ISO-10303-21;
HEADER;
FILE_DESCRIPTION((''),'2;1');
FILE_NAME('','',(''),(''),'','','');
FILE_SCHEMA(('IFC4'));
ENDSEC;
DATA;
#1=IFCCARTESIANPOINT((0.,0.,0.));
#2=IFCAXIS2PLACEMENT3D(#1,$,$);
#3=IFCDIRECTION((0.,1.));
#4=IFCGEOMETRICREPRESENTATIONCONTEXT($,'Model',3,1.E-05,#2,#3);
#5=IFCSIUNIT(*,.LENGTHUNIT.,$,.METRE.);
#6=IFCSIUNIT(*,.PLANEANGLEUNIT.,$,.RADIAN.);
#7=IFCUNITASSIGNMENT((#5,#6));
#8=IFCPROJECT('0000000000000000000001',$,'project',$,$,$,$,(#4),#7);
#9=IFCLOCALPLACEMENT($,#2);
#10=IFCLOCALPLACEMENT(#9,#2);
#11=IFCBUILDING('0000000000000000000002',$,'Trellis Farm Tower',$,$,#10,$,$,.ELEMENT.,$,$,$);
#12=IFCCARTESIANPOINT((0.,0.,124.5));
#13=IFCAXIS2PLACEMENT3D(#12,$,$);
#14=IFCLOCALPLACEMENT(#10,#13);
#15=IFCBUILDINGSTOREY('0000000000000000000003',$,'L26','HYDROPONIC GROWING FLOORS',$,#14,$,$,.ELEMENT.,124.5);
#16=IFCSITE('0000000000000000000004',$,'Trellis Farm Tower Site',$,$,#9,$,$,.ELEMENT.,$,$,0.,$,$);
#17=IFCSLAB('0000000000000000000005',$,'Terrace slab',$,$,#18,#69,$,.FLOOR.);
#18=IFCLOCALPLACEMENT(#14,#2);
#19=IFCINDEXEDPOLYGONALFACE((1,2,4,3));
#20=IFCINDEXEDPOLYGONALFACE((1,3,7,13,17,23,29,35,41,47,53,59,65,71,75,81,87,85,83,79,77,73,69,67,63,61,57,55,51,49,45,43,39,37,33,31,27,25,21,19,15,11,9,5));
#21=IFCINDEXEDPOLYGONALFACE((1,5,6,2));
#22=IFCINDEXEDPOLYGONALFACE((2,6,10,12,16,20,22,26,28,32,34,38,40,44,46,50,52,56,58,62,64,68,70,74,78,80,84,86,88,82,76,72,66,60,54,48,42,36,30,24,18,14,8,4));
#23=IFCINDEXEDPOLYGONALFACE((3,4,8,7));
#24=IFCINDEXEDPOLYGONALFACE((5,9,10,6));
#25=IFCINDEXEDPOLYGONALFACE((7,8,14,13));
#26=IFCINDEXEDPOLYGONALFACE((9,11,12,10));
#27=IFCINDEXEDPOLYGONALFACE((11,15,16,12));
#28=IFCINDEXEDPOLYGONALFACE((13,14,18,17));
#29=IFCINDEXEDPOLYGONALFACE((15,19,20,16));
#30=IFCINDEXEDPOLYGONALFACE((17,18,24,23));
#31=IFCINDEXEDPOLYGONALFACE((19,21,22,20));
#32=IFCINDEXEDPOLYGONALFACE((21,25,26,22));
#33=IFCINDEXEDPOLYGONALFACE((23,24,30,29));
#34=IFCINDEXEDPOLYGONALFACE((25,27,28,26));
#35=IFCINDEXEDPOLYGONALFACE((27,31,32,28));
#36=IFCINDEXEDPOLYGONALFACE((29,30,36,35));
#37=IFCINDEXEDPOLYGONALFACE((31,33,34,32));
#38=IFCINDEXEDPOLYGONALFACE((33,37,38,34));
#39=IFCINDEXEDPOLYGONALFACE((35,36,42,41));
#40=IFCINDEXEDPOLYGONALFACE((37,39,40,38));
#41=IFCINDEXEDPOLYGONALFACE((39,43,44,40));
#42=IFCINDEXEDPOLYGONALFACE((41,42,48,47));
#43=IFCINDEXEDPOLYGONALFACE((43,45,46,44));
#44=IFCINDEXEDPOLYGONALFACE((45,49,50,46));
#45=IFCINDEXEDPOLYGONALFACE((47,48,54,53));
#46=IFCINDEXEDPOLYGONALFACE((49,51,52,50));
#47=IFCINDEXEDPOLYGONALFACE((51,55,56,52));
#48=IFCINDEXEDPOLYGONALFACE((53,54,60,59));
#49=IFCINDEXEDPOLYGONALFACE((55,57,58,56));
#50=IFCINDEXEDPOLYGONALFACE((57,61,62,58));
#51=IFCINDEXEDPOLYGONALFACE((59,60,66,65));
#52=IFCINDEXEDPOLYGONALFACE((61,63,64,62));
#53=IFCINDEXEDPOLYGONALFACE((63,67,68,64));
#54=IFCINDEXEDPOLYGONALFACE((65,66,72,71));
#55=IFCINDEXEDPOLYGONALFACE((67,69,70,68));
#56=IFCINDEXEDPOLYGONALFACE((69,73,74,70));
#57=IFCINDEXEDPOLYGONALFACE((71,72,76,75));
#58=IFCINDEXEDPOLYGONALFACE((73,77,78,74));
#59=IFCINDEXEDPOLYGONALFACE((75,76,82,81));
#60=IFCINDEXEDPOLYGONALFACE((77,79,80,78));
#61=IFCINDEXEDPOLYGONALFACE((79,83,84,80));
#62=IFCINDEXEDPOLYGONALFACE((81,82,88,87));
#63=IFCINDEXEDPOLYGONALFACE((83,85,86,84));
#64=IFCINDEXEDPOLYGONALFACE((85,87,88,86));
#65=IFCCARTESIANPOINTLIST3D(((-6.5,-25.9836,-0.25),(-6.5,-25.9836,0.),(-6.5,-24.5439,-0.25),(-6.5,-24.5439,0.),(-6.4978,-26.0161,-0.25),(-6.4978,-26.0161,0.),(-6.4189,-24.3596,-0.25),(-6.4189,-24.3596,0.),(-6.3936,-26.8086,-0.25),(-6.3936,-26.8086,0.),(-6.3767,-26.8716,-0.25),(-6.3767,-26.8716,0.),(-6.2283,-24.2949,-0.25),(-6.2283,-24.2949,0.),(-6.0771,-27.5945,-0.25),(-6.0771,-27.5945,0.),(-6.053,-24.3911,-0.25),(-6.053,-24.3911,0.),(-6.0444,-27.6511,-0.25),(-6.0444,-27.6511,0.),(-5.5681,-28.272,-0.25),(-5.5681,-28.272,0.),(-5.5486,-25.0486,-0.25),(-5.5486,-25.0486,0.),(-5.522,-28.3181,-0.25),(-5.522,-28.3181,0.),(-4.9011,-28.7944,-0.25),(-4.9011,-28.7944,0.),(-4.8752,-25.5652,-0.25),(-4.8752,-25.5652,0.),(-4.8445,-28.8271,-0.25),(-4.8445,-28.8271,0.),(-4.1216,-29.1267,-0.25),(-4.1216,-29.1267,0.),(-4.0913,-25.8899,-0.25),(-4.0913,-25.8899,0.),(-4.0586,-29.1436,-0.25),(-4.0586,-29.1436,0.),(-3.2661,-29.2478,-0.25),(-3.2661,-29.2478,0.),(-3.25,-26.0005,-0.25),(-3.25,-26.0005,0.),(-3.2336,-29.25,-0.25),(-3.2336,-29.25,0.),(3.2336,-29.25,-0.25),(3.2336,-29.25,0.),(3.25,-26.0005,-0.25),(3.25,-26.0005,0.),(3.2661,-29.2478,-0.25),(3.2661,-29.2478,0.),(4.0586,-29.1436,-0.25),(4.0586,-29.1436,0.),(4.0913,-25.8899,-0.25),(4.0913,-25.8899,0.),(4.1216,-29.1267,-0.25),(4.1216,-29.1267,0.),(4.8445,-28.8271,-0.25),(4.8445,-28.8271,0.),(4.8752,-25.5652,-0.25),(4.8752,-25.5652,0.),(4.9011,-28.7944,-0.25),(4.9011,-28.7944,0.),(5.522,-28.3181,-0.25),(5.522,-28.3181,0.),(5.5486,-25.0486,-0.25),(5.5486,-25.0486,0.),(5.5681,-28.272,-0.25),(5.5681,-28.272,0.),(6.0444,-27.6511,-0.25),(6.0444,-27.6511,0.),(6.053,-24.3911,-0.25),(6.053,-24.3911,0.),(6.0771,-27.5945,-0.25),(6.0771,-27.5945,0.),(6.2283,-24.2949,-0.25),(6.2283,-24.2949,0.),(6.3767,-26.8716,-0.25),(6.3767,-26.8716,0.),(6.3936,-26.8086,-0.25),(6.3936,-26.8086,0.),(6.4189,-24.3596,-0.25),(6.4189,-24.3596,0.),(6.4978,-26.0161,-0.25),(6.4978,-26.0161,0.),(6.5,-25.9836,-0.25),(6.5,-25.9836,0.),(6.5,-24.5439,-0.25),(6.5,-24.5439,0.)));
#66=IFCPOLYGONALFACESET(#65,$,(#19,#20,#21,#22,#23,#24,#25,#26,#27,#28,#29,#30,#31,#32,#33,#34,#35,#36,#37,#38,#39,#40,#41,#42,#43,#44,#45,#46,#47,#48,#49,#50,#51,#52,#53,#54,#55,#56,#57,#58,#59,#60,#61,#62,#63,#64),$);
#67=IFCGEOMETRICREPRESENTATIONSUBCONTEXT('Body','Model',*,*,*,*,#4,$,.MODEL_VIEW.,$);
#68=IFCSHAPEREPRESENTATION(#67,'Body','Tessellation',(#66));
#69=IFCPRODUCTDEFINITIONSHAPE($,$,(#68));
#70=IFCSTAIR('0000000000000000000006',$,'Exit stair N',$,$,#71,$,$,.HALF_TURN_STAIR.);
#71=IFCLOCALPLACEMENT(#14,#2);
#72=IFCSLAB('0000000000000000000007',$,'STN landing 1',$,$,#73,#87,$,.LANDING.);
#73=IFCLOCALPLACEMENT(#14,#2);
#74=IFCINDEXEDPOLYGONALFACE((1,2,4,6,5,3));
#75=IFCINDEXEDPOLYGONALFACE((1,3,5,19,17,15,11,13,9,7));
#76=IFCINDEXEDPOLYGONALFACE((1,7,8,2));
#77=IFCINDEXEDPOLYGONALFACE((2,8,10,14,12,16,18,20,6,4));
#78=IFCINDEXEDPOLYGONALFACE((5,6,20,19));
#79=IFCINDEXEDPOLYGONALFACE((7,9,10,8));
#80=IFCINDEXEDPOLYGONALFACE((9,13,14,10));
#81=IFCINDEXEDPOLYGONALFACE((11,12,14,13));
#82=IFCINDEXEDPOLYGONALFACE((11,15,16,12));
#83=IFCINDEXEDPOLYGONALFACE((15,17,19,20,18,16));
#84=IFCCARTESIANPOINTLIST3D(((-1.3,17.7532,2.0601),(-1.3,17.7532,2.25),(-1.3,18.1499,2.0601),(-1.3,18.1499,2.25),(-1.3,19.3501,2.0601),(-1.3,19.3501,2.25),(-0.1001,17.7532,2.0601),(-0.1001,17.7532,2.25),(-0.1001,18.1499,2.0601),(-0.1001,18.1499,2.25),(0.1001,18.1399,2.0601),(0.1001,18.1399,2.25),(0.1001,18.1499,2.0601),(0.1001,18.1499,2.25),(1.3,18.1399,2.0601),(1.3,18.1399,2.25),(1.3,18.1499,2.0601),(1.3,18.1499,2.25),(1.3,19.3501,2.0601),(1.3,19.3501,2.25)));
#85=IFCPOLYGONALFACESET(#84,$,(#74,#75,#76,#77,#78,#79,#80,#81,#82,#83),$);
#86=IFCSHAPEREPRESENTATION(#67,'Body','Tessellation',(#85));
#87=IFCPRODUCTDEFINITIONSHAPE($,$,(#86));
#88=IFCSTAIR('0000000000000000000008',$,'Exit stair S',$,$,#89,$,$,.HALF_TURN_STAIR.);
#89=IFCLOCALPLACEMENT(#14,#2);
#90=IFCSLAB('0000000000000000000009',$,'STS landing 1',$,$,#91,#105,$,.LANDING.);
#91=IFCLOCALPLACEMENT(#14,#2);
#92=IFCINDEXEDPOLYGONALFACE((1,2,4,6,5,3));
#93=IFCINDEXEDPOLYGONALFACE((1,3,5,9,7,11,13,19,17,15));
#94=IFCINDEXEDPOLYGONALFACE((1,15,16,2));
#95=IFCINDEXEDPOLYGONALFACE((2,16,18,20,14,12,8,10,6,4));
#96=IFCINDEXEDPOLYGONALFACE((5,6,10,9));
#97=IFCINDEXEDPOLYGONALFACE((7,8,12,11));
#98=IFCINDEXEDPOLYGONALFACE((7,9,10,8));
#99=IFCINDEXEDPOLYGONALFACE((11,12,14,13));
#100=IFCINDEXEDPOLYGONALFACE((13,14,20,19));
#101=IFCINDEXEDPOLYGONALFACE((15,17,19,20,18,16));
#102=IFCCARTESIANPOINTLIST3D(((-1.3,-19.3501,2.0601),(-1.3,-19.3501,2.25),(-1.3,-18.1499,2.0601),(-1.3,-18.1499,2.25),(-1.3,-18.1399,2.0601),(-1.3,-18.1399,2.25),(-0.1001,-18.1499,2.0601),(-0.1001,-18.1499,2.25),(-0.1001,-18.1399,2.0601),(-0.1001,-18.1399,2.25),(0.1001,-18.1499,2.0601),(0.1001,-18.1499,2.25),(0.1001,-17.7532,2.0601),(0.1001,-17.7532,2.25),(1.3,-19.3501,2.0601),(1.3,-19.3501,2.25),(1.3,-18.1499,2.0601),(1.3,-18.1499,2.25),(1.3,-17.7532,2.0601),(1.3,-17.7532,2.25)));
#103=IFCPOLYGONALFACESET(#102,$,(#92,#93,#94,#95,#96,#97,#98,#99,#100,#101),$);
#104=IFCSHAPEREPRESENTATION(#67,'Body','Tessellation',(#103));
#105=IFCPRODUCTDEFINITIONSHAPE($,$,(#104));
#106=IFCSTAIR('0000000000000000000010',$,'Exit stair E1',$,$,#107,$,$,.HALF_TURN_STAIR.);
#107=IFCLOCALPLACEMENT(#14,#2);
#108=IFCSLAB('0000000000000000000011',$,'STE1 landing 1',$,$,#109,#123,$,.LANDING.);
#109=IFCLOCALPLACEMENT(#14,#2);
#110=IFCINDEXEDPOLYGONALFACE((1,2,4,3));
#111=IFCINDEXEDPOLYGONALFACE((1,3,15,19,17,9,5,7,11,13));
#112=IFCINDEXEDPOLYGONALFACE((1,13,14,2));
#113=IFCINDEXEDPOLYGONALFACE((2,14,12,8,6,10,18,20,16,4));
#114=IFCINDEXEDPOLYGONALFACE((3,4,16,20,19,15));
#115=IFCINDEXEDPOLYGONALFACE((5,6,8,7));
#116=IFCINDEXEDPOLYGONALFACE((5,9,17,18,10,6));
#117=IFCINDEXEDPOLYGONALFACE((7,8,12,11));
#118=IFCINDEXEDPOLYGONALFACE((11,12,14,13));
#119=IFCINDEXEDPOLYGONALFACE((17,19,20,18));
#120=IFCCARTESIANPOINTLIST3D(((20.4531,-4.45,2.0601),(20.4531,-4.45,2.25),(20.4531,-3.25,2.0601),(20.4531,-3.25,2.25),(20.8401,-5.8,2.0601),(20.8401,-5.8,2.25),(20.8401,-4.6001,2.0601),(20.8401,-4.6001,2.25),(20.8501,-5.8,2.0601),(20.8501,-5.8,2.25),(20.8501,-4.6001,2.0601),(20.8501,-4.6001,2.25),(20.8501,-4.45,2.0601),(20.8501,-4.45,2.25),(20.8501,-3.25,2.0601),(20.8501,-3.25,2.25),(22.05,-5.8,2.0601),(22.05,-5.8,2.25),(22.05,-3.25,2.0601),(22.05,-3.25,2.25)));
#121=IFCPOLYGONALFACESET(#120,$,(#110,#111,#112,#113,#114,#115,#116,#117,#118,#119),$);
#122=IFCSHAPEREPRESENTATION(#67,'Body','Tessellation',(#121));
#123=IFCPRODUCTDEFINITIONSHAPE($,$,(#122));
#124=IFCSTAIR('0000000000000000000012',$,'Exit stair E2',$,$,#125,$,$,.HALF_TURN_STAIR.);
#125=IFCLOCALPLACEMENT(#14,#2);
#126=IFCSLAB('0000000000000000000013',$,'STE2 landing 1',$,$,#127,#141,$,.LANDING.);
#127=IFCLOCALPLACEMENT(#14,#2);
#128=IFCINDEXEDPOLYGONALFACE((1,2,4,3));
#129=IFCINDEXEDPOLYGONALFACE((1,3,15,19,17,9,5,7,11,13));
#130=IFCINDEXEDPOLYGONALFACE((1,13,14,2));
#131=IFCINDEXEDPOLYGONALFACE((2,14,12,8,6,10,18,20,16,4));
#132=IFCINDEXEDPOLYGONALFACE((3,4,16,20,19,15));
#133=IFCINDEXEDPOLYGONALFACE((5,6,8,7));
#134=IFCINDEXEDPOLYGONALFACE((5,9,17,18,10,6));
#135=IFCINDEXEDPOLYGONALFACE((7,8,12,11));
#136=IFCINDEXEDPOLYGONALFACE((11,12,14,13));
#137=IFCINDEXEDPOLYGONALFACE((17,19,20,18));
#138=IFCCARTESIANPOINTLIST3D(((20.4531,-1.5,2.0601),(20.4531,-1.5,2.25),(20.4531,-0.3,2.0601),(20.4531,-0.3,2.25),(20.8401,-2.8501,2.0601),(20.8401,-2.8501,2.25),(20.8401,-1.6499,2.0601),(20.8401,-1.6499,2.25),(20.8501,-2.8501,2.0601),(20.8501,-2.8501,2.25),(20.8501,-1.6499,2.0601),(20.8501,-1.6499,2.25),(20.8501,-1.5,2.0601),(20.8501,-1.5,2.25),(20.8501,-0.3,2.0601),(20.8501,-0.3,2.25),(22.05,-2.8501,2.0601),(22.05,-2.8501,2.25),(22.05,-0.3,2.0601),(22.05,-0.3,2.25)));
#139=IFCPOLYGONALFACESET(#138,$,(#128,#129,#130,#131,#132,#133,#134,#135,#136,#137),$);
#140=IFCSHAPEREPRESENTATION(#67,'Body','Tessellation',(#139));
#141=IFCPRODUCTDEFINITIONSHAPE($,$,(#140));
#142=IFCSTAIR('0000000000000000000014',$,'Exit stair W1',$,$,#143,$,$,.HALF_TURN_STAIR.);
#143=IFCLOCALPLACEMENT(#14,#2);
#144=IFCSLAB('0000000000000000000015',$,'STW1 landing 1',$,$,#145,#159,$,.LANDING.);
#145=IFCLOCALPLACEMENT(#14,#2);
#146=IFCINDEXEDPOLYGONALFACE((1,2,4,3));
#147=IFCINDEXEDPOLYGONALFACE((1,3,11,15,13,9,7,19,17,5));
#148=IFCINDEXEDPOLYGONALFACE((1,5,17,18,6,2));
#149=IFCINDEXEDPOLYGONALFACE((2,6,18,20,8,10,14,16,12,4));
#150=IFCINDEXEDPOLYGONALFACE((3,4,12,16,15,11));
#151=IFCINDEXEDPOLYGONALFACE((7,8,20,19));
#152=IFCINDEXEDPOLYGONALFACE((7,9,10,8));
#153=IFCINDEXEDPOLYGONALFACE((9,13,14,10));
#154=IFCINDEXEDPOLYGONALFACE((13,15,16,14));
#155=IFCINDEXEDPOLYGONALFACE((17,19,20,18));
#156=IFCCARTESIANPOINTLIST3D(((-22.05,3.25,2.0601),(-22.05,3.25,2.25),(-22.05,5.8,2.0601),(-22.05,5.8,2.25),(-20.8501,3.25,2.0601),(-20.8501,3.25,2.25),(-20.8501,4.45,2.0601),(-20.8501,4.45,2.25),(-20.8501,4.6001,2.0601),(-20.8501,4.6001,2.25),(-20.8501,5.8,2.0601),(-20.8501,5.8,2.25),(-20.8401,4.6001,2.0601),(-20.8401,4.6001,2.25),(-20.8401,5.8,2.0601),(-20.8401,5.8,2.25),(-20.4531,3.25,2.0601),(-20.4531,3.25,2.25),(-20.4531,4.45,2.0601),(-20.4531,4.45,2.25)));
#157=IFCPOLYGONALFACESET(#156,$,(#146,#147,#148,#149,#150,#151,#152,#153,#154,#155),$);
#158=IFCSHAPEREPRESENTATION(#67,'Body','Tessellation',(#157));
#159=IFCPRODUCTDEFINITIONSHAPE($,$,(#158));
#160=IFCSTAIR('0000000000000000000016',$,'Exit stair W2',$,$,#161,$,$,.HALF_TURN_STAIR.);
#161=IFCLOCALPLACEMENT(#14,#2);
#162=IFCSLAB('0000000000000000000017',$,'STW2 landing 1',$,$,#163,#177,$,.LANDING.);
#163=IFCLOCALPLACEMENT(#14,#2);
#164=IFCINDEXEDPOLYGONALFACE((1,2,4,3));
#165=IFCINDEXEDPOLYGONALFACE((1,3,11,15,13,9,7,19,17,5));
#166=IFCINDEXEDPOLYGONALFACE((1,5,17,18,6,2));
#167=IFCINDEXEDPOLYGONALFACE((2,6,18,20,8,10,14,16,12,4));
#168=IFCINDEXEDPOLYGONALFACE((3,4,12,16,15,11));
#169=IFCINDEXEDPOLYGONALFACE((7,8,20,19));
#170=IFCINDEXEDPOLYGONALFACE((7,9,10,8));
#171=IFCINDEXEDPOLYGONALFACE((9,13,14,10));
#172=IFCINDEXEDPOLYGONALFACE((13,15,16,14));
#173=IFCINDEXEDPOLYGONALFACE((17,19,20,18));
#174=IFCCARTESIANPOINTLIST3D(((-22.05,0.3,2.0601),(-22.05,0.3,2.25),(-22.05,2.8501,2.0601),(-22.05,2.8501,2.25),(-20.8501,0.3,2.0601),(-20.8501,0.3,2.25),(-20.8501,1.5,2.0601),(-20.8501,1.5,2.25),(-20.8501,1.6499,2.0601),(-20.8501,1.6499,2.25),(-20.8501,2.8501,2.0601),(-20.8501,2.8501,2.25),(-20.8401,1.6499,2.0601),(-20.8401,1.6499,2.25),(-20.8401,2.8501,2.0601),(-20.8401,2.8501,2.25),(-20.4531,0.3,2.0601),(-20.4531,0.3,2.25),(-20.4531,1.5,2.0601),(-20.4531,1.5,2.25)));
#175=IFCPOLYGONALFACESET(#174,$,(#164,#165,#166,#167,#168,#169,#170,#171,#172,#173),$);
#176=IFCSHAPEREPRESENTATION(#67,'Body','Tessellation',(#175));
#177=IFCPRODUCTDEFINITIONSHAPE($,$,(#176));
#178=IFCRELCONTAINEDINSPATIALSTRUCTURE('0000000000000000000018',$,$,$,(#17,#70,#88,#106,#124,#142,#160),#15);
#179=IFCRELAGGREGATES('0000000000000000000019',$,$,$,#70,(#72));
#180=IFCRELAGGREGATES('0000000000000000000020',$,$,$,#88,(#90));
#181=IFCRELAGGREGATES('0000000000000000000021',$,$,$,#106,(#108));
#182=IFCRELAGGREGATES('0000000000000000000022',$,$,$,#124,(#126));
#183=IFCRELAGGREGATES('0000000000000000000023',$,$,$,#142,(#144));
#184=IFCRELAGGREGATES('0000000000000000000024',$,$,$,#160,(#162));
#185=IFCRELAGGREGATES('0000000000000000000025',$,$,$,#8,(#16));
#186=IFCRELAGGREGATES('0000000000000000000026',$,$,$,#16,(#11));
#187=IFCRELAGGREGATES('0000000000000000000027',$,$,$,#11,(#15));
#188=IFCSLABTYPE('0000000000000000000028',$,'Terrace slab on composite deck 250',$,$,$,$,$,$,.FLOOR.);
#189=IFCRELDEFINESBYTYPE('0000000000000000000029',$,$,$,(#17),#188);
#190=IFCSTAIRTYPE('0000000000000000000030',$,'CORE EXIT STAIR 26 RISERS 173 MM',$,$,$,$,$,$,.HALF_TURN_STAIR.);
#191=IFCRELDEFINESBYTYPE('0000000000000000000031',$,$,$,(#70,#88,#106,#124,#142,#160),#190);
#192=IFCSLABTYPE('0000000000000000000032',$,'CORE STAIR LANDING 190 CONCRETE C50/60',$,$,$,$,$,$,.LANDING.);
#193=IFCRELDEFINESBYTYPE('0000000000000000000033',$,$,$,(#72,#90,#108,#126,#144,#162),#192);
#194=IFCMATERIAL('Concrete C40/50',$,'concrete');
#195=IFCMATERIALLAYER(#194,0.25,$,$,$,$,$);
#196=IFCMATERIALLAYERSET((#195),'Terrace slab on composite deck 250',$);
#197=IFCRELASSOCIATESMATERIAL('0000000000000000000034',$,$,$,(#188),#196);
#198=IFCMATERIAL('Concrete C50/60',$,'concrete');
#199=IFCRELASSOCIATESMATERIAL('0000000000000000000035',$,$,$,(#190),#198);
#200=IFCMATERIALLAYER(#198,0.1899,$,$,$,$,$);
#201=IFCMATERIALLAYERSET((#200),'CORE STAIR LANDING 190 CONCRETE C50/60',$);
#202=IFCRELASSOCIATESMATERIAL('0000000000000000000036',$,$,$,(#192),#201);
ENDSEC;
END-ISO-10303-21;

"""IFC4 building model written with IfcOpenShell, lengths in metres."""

from ifc_helpers import new_model, si_unit, direction, frame, origin, place, context, subcontext, project, spatial, polyline, outline, extrude, source, transform, mapped, material, layer, layer_set, type_object, element, aggregate, save


model = new_model("IFC4")

# Units and contexts
model_context = context("Model", 3, precision=1e-05, world=origin(), true_north=direction((0.0, 1.0)))
body_context = subcontext(model_context, "Body", "Model", "MODEL_VIEW")
ifc_project = project(units=[si_unit("LENGTHUNIT", "METRE"), si_unit("PLANEANGLEUNIT", "RADIAN")], contexts=[model_context])

# Site, building, storey
site_placement = place(None, origin())
site = spatial("IfcSite", under=ifc_project, at=site_placement, Name="Trellis Farm Tower Site", CompositionType="ELEMENT", RefElevation=0.0)
building_placement = place(site_placement, origin())
building = spatial("IfcBuilding", under=site, at=building_placement, Name="Trellis Farm Tower", CompositionType="ELEMENT")
storey_placement = place(building_placement, frame((0.0, 0.0, 124.5)))
storey = spatial("IfcBuildingStorey", under=building, at=storey_placement, Name="L26", Description="HYDROPONIC GROWING FLOORS", CompositionType="ELEMENT", Elevation=124.5)

# Shared definitions
placement_1 = place(storey_placement, origin())

# Slab
ifc_material_1 = material(Name="Concrete C40/50", Category="concrete")
ifc_layer_1 = layer(ifc_material_1, 0.25)
ifc_layer_set_1 = layer_set([ifc_layer_1], Name="Terrace slab on composite deck 250")
slab_type_1 = type_object("IfcSlabType", Name="Terrace slab on composite deck 250", PredefinedType="FLOOR", material=ifc_layer_set_1)
placement_2 = place(storey_placement, frame((0.0, 0.0, -0.25)))
element("IfcSlab", 1, at=placement_2, inside=storey, type_object=slab_type_1, Name="Terrace slab", PredefinedType="FLOOR", context=body_context, shape_type="SweptSolid", body=[
    extrude(outline(polyline([(-6.2283, -24.2949), (-6.053, -24.3911), (-5.5486, -25.0486), (-4.8752, -25.5652), (-4.0913, -25.8899), (-3.25, -26.0005), (3.25, -26.0005), (4.0913, -25.8899), (4.8752, -25.5652), (5.5486, -25.0486), (6.053, -24.3911), (6.2283, -24.2949), (6.4189, -24.3596), (6.5, -24.5439), (6.5, -25.9836), (6.4978, -26.0161), (6.3936, -26.8086), (6.3767, -26.8716), (6.0771, -27.5945), (6.0444, -27.6511), (5.5681, -28.272), (5.522, -28.3181), (4.9011, -28.7944), (4.8445, -28.8271), (4.1216, -29.1267), (4.0586, -29.1436), (3.2661, -29.2478), (3.2336, -29.25), (-3.2336, -29.25), (-3.2661, -29.2478), (-4.0586, -29.1436), (-4.1216, -29.1267), (-4.8445, -28.8271), (-4.9011, -28.7944), (-5.522, -28.3181), (-5.5681, -28.272), (-6.0444, -27.6511), (-6.0771, -27.5945), (-6.3767, -26.8716), (-6.3936, -26.8086), (-6.4978, -26.0161), (-6.5, -25.9836), (-6.5, -24.5439), (-6.4189, -24.3596), (-6.2283, -24.2949)])), origin(), (0.0, 0.0, 1.0), 0.25),
])

# Stairs, slabs
ifc_material_2 = material(Name="Concrete C50/60", Category="concrete")
stair_type = type_object("IfcStairType", Name="CORE EXIT STAIR 26 RISERS 173 MM", PredefinedType="HALF_TURN_STAIR", material=ifc_material_2)
stair_1 = element("IfcStair", 2, at=placement_1, inside=storey, type_object=stair_type, Name="Exit stair N", PredefinedType="HALF_TURN_STAIR")
ifc_layer_2 = layer(ifc_material_2, 0.1899)
ifc_layer_set_2 = layer_set([ifc_layer_2], Name="CORE STAIR LANDING 190 CONCRETE C50/60")
slab_type_2 = type_object("IfcSlabType", Name="CORE STAIR LANDING 190 CONCRETE C50/60", PredefinedType="LANDING", material=ifc_layer_set_2)
shared_shape_1 = source(origin(), body_context, "Body", "SweptSolid", [
    extrude(outline(polyline([(-0.1001, 17.7532), (-1.3, 17.7532), (-1.3, 18.1499), (-1.3, 19.3501), (1.3, 19.3501), (1.3, 18.1499), (1.3, 18.1399), (0.1001, 18.1399), (0.1001, 18.1499), (-0.1001, 18.1499), (-0.1001, 17.7532)])), origin(), (0.0, 0.0, 1.0), 0.1899),
])
placement_3 = place(storey_placement, frame((0.0, 0.0, 2.0601)))
slab_1 = element("IfcSlab", 3, at=placement_3, type_object=slab_type_2, Name="STN landing 1", PredefinedType="LANDING", context=body_context, shape_type="MappedRepresentation", body=[
    mapped(shared_shape_1, transform((0.0, 0.0, 0.0))),
])
aggregate(stair_1, [slab_1])
stair_2 = element("IfcStair", 4, at=placement_1, inside=storey, type_object=stair_type, Name="Exit stair S", PredefinedType="HALF_TURN_STAIR")
shared_shape_2 = source(origin(), body_context, "Body", "SweptSolid", [
    extrude(outline(polyline([(1.3, -19.3501), (-1.3, -19.3501), (-1.3, -18.1499), (-1.3, -18.1399), (-0.1001, -18.1399), (-0.1001, -18.1499), (0.1001, -18.1499), (0.1001, -17.7532), (1.3, -17.7532), (1.3, -18.1499), (1.3, -19.3501)])), origin(), (0.0, 0.0, 1.0), 0.1899),
])
slab_2 = element("IfcSlab", 5, at=placement_3, type_object=slab_type_2, Name="STS landing 1", PredefinedType="LANDING", context=body_context, shape_type="MappedRepresentation", body=[
    mapped(shared_shape_2, transform((0.0, 0.0, 0.0))),
])
aggregate(stair_2, [slab_2])
stair_3 = element("IfcStair", 6, at=placement_1, inside=storey, type_object=stair_type, Name="Exit stair E1", PredefinedType="HALF_TURN_STAIR")
shared_shape_3 = source(origin(), body_context, "Body", "SweptSolid", [
    extrude(outline(polyline([(20.8401, -5.8), (20.8401, -4.6001), (20.8501, -4.6001), (20.8501, -4.45), (20.4531, -4.45), (20.4531, -3.25), (20.8501, -3.25), (22.05, -3.25), (22.05, -5.8), (20.8501, -5.8), (20.8401, -5.8)])), origin(), (0.0, 0.0, 1.0), 0.1899),
])
slab_3 = element("IfcSlab", 7, at=placement_3, type_object=slab_type_2, Name="STE1 landing 1", PredefinedType="LANDING", context=body_context, shape_type="MappedRepresentation", body=[
    mapped(shared_shape_3, transform((0.0, 0.0, 0.0))),
])
aggregate(stair_3, [slab_3])
stair_4 = element("IfcStair", 8, at=placement_1, inside=storey, type_object=stair_type, Name="Exit stair E2", PredefinedType="HALF_TURN_STAIR")
shared_shape_4 = source(origin(), body_context, "Body", "SweptSolid", [
    extrude(outline(polyline([(20.8401, -2.8501), (20.8401, -1.6499), (20.8501, -1.6499), (20.8501, -1.5), (20.4531, -1.5), (20.4531, -0.3), (20.8501, -0.3), (22.05, -0.3), (22.05, -2.8501), (20.8501, -2.8501), (20.8401, -2.8501)])), origin(), (0.0, 0.0, 1.0), 0.1899),
])
slab_4 = element("IfcSlab", 9, at=placement_3, type_object=slab_type_2, Name="STE2 landing 1", PredefinedType="LANDING", context=body_context, shape_type="MappedRepresentation", body=[
    mapped(shared_shape_4, transform((0.0, 0.0, 0.0))),
])
aggregate(stair_4, [slab_4])
stair_5 = element("IfcStair", 10, at=placement_1, inside=storey, type_object=stair_type, Name="Exit stair W1", PredefinedType="HALF_TURN_STAIR")
shared_shape_5 = source(origin(), body_context, "Body", "SweptSolid", [
    extrude(outline(polyline([(-20.4531, 4.45), (-20.4531, 3.25), (-20.8501, 3.25), (-22.05, 3.25), (-22.05, 5.8), (-20.8501, 5.8), (-20.8401, 5.8), (-20.8401, 4.6001), (-20.8501, 4.6001), (-20.8501, 4.45), (-20.4531, 4.45)])), origin(), (0.0, 0.0, 1.0), 0.1899),
])
slab_5 = element("IfcSlab", 11, at=placement_3, type_object=slab_type_2, Name="STW1 landing 1", PredefinedType="LANDING", context=body_context, shape_type="MappedRepresentation", body=[
    mapped(shared_shape_5, transform((0.0, 0.0, 0.0))),
])
aggregate(stair_5, [slab_5])
stair_6 = element("IfcStair", 12, at=placement_1, inside=storey, type_object=stair_type, Name="Exit stair W2", PredefinedType="HALF_TURN_STAIR")
shared_shape_6 = source(origin(), body_context, "Body", "SweptSolid", [
    extrude(outline(polyline([(-20.4531, 1.5), (-20.4531, 0.3), (-20.8501, 0.3), (-22.05, 0.3), (-22.05, 2.8501), (-20.8501, 2.8501), (-20.8401, 2.8501), (-20.8401, 1.6499), (-20.8501, 1.6499), (-20.8501, 1.5), (-20.4531, 1.5)])), origin(), (0.0, 0.0, 1.0), 0.1899),
])
slab_6 = element("IfcSlab", 13, at=placement_3, type_object=slab_type_2, Name="STW2 landing 1", PredefinedType="LANDING", context=body_context, shape_type="MappedRepresentation", body=[
    mapped(shared_shape_6, transform((0.0, 0.0, 0.0))),
])
aggregate(stair_6, [slab_6])

save(model, "model.ifc")
